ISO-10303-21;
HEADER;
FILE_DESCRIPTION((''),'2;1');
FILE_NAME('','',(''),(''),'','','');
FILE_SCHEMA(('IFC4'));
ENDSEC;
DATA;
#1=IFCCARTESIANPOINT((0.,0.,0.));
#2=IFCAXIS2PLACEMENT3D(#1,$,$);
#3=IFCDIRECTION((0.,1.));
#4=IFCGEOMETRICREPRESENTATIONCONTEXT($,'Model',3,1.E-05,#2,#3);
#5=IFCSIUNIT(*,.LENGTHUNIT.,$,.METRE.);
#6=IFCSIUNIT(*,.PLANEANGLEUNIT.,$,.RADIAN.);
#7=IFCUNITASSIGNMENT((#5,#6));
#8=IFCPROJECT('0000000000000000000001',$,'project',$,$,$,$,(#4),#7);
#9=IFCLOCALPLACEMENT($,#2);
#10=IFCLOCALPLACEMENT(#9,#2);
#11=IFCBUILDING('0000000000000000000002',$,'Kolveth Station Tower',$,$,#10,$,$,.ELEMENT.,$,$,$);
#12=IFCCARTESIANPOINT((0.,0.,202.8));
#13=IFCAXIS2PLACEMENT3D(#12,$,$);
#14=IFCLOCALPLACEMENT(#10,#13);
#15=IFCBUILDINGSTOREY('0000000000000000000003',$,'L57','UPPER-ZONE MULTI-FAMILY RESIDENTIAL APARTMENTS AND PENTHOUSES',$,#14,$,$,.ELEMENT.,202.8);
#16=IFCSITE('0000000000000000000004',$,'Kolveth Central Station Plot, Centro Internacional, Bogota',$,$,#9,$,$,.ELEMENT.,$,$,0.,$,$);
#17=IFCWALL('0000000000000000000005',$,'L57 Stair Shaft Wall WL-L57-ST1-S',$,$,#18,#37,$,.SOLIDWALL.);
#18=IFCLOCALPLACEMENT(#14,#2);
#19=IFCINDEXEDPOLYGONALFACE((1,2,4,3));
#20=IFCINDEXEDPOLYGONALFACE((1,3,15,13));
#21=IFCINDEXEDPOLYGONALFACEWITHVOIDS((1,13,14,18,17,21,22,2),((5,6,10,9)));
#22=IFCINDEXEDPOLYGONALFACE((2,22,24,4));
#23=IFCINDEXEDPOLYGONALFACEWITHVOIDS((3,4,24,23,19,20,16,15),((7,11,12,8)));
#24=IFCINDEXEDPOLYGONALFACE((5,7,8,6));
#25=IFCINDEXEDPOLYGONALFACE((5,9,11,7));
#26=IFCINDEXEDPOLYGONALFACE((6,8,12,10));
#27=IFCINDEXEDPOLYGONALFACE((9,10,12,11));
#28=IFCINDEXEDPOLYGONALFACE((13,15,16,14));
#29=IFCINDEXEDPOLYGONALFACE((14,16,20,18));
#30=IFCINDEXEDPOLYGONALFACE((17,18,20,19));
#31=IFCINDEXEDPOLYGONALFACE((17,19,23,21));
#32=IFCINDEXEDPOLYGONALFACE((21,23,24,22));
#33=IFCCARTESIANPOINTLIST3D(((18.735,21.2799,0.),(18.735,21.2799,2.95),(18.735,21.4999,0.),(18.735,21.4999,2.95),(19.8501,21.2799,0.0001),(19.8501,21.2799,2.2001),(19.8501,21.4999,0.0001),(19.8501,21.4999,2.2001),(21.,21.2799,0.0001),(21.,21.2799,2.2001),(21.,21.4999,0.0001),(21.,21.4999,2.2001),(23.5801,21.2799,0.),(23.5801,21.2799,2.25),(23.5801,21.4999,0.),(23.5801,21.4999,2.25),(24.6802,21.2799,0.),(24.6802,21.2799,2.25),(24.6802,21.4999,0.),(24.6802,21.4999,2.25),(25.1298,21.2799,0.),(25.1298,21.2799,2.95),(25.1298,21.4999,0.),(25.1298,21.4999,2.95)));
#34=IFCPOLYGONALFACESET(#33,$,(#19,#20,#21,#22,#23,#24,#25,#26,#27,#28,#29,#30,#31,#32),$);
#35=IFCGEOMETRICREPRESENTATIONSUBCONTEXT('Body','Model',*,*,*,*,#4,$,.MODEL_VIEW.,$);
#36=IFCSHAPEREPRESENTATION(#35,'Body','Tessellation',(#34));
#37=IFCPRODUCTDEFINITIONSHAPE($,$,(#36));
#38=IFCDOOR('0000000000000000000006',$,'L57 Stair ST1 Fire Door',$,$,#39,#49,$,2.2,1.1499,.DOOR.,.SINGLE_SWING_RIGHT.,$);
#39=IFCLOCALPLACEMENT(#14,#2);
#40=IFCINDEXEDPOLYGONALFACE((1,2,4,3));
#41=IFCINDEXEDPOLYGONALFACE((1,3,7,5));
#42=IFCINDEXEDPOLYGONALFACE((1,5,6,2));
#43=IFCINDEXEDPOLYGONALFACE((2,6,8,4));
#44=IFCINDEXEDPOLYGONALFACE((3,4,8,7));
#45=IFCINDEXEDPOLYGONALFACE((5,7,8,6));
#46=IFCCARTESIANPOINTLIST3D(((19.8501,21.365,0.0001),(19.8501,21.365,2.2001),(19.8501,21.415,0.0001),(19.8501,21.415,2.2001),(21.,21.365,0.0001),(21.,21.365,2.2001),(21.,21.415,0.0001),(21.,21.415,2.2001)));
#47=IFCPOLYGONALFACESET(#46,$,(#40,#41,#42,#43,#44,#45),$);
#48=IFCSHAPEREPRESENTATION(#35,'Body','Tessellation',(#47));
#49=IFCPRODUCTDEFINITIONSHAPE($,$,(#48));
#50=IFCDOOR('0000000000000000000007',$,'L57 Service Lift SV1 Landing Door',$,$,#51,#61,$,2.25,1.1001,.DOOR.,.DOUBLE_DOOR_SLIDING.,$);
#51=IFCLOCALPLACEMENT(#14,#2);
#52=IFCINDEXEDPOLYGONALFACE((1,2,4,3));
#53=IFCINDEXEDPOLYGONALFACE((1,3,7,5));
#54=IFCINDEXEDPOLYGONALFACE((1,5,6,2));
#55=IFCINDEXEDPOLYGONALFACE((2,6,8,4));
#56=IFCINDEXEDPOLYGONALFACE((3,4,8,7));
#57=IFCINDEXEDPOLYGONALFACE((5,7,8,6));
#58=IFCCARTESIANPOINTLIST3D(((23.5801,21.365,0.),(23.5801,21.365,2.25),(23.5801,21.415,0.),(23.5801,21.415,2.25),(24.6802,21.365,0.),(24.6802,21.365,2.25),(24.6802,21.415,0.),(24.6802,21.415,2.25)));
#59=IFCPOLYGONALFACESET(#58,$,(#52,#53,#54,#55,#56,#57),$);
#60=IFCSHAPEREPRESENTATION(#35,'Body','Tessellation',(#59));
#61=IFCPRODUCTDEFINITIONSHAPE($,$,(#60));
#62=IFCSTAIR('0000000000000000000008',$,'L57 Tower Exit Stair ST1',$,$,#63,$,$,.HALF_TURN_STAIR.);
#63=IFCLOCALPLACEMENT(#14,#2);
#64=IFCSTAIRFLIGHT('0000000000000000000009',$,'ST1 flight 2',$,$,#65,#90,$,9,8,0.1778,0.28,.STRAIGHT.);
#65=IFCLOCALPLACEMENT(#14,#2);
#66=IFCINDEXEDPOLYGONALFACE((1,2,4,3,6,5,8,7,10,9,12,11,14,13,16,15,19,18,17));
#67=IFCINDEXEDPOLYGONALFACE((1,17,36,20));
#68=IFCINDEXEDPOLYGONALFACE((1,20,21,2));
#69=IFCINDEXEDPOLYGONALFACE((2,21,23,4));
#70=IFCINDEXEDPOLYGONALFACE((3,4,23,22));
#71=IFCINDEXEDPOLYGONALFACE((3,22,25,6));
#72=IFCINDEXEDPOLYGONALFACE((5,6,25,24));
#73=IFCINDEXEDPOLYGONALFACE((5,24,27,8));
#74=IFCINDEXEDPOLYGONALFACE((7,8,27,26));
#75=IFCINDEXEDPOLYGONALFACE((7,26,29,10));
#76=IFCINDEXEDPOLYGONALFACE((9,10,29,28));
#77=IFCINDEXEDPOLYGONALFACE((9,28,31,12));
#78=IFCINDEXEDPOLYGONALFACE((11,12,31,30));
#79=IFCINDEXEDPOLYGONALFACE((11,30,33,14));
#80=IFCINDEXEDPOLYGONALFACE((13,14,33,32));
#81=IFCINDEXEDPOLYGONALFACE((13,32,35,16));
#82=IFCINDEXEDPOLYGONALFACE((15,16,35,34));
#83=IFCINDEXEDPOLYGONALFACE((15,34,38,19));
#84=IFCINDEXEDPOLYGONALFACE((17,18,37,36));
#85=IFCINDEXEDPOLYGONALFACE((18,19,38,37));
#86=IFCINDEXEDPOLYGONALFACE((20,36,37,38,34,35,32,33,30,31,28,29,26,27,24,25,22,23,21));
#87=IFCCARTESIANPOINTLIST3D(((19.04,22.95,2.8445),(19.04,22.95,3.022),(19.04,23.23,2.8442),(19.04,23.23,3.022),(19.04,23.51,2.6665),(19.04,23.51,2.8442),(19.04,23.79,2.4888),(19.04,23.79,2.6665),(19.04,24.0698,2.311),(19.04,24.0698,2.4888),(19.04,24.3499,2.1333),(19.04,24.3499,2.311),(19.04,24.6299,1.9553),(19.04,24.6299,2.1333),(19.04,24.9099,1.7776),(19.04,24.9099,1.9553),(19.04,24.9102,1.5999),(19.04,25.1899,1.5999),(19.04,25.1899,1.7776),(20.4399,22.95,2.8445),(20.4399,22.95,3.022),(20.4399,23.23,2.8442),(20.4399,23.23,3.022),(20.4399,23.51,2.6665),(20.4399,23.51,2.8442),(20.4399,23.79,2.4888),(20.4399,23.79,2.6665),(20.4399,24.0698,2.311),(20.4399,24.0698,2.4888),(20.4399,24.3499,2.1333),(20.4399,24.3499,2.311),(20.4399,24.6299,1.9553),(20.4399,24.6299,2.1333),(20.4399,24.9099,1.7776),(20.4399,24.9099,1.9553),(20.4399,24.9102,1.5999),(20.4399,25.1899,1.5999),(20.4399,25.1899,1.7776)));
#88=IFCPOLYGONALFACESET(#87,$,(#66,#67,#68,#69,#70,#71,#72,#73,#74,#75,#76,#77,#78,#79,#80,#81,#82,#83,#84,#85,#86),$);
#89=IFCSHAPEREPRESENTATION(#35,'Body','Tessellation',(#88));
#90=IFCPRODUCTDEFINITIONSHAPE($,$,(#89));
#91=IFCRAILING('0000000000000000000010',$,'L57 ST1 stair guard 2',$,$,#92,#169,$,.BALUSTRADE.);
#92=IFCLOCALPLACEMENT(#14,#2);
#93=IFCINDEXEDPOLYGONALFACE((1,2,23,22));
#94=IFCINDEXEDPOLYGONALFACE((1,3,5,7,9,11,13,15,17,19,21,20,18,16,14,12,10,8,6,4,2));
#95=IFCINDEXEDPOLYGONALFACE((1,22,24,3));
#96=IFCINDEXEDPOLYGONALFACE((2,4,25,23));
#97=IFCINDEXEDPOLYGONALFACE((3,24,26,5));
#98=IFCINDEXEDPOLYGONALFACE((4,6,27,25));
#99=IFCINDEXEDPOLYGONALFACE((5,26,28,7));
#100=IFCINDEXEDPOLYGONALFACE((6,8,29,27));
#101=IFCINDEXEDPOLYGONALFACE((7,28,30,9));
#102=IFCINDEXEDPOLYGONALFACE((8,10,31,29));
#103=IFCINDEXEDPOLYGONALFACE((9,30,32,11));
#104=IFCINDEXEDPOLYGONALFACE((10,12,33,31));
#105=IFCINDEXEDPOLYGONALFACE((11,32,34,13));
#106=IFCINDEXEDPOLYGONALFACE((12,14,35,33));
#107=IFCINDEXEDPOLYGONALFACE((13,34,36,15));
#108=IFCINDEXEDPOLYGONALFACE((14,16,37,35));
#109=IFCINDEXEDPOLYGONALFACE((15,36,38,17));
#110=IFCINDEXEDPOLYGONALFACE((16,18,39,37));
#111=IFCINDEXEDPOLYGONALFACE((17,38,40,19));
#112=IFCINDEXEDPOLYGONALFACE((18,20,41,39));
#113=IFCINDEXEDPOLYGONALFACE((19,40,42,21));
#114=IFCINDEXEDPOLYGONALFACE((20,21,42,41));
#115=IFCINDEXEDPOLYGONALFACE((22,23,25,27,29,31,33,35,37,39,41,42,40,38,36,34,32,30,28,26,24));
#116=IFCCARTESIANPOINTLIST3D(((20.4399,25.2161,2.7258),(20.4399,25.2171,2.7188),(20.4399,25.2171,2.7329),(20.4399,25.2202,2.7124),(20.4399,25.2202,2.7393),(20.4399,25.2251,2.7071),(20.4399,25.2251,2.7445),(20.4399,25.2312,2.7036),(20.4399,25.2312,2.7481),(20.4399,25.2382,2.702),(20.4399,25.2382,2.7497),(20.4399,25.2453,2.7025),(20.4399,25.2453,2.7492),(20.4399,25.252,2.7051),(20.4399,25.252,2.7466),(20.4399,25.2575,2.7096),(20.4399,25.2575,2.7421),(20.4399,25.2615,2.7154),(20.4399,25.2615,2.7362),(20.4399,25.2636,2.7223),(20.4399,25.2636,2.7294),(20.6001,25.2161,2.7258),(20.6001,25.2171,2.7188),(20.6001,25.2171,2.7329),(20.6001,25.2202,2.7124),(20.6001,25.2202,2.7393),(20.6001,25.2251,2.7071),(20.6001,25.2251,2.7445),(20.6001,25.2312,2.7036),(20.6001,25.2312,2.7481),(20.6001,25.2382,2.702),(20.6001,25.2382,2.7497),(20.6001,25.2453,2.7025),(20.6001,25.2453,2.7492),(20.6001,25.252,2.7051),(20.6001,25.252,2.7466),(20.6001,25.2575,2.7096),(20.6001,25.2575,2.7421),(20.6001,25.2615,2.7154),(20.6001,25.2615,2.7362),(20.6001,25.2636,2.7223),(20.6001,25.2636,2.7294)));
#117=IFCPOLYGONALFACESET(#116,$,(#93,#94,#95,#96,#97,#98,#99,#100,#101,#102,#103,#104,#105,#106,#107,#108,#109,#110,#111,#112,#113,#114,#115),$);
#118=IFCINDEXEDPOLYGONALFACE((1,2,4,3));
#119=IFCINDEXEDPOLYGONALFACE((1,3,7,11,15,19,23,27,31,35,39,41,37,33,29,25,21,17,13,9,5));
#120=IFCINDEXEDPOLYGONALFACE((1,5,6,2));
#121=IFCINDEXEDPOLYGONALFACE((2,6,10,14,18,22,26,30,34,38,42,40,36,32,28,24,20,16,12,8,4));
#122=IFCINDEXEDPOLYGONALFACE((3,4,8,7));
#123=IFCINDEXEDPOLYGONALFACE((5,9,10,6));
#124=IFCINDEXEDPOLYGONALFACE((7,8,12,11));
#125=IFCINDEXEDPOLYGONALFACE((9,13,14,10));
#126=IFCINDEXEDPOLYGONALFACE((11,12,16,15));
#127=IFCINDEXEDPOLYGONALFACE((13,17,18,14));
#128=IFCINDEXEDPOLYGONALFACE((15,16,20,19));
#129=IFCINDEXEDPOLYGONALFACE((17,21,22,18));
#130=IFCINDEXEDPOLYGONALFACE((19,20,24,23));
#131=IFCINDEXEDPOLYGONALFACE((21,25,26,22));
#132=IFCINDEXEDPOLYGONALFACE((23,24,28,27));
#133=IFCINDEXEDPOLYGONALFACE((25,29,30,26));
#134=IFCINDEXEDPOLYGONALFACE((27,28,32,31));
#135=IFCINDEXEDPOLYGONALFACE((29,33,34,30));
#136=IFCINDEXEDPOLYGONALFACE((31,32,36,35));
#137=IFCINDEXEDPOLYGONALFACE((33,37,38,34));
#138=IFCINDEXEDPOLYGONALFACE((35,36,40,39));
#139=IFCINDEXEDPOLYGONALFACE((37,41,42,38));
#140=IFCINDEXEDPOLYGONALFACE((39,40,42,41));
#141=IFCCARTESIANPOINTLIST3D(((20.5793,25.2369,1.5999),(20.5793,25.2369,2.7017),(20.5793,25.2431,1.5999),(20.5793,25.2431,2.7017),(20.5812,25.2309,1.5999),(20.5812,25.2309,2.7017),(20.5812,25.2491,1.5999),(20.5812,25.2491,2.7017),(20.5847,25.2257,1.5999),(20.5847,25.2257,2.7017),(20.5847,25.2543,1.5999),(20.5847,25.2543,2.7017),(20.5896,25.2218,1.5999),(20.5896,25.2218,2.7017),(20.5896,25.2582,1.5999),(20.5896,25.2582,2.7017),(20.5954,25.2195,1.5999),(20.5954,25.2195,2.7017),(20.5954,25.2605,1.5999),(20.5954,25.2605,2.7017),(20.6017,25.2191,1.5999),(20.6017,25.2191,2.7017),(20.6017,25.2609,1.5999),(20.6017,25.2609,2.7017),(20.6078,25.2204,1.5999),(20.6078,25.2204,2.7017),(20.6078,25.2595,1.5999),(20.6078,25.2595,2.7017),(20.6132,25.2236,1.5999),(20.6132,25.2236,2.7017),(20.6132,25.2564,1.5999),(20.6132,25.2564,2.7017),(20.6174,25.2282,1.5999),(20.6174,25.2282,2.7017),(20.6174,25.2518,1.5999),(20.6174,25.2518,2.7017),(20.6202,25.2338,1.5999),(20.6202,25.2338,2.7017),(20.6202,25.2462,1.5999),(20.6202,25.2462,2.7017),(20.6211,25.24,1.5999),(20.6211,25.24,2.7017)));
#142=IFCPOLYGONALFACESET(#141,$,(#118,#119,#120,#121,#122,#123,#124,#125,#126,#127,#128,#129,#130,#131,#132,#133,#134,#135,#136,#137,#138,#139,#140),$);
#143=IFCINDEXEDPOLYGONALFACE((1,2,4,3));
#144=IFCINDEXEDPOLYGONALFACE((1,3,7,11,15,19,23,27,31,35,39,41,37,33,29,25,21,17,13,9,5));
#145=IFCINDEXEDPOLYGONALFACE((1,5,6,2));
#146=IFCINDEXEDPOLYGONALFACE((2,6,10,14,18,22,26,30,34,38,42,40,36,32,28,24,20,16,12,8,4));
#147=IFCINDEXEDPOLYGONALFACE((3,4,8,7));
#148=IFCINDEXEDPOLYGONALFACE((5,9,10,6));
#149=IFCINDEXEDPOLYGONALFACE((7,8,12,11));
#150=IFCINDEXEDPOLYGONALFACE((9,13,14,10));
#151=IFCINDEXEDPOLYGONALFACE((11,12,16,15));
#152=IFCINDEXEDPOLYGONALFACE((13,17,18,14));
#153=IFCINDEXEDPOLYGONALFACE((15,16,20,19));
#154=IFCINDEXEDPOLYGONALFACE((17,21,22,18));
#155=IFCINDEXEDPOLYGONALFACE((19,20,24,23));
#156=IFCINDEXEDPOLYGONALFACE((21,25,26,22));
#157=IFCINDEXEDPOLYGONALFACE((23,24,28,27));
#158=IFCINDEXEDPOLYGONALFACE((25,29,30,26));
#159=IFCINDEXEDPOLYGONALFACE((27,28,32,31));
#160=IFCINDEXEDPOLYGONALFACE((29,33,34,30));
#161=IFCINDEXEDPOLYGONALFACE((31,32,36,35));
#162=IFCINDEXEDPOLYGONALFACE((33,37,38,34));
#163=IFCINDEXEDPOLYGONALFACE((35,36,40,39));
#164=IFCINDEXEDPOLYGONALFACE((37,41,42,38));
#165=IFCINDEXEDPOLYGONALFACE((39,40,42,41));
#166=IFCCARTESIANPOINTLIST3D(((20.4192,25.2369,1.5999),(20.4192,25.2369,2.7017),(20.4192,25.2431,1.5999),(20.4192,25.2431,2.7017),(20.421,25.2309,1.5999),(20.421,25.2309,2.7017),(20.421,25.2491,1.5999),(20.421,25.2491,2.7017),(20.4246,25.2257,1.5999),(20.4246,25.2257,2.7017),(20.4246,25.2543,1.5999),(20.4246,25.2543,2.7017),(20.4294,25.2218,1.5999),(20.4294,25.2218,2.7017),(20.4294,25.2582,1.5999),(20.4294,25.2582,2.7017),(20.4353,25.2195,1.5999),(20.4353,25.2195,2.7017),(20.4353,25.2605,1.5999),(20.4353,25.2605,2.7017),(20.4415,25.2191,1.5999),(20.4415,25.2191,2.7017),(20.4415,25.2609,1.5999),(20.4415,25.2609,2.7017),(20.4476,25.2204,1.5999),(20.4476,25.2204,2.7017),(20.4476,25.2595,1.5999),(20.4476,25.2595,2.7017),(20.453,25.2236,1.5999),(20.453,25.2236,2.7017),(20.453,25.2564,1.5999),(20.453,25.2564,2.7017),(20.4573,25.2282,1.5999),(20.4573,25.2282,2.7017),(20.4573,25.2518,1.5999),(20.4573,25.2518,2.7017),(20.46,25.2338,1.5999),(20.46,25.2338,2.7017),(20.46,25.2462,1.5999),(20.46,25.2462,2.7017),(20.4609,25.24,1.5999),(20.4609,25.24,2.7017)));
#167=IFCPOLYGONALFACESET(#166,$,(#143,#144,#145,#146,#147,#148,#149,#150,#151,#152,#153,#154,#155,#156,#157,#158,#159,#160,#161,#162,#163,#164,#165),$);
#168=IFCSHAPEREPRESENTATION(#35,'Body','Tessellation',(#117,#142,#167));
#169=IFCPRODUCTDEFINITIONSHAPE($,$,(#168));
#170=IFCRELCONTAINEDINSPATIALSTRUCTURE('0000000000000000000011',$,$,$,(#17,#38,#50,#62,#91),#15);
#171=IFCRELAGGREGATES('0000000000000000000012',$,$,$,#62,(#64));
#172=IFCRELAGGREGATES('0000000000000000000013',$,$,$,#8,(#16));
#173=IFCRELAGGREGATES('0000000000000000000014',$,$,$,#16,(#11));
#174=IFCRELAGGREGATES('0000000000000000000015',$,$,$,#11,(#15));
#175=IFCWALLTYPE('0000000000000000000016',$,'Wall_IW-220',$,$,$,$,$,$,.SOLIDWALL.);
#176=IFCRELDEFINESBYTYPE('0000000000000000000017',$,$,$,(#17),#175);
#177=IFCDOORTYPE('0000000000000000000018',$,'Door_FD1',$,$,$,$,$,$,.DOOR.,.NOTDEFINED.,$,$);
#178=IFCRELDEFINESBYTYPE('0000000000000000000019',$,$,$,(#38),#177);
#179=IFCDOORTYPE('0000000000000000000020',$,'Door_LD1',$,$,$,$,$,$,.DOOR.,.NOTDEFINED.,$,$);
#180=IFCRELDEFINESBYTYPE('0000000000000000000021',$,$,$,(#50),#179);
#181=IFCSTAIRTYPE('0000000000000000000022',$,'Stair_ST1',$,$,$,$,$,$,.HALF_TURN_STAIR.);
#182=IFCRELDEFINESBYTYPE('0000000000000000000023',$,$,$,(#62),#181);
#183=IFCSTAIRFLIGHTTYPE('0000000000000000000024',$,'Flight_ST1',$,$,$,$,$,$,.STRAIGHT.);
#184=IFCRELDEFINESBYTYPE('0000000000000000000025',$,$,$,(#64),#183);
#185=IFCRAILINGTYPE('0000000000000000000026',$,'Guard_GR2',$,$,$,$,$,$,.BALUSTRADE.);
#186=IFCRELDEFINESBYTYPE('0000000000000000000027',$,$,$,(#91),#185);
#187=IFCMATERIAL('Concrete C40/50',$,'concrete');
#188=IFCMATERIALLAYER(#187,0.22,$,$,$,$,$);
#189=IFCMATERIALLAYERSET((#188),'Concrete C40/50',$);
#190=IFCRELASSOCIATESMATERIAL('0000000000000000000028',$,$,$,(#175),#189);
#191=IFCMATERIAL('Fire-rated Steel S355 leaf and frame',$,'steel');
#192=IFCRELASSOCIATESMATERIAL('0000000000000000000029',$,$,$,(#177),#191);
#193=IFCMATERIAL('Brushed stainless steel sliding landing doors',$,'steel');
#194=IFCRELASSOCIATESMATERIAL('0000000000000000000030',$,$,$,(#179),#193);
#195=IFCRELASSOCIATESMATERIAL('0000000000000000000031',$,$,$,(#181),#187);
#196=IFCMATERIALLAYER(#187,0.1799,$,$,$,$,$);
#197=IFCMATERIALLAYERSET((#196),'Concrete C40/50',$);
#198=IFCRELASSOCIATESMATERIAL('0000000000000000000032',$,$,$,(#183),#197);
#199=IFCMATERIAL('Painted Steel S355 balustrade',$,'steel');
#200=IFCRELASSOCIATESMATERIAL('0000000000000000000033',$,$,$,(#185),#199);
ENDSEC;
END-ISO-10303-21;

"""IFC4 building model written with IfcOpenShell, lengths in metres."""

from ifc_helpers import new_model, si_unit, direction, frame, frame_2d, origin, origin_2d, place, context, subcontext, project, spatial, polyline, rectangle, circle, outline, extrude, material, layer, layer_set, type_object, element, fill, aggregate, save


model = new_model("IFC4")

# Units and contexts
model_context = context("Model", 3, precision=1e-05, world=origin(), true_north=direction((0.0, 1.0)))
body_context = subcontext(model_context, "Body", "Model", "MODEL_VIEW")
ifc_project = project(units=[si_unit("LENGTHUNIT", "METRE"), si_unit("PLANEANGLEUNIT", "RADIAN")], contexts=[model_context])

# Site, building, storey
site_placement = place(None, origin())
site = spatial("IfcSite", under=ifc_project, at=site_placement, Name="Kolveth Central Station Plot, Centro Internacional, Bogota", CompositionType="ELEMENT", RefElevation=0.0)
building_placement = place(site_placement, origin())
building = spatial("IfcBuilding", under=site, at=building_placement, Name="Kolveth Station Tower", CompositionType="ELEMENT")
storey_placement = place(building_placement, frame((0.0, 0.0, 202.8)))
storey = spatial("IfcBuildingStorey", under=building, at=storey_placement, Name="L57", Description="UPPER-ZONE MULTI-FAMILY RESIDENTIAL APARTMENTS AND PENTHOUSES", CompositionType="ELEMENT", Elevation=202.8)

# Shared definitions
ifc_material_1 = material(Name="Concrete C40/50", Category="concrete")
ifc_layer_1 = layer(ifc_material_1, 0.22)
ifc_layer_set_1 = layer_set([ifc_layer_1], Name="Concrete C40/50")
wall_type_1 = type_object("IfcWallType", Name="Wall_IW-220", PredefinedType="SOLIDWALL", material=ifc_layer_set_1)

# Wall, openings, doors
wall_1_placement = place(storey_placement, frame((18.7351, 21.3899, 0.0), z_axis=(0.0, 0.0, 1.0), x_axis=(1.0, 0.0, 0.0)))
wall_1 = element("IfcWall", 1, at=wall_1_placement, inside=storey, type_object=wall_type_1, Name="L57 Stair Shaft Wall WL-L57-ST1-S", PredefinedType="SOLIDWALL", context=body_context, shape_type="SweptSolid", body=[
    extrude(rectangle(XDim=6.3948, YDim=0.22, at=frame_2d((3.1973, 0.0))), origin(), (0.0, 0.0, 1.0), 2.95),
])
opening_1_placement = place(wall_1_placement, frame((1.115, 0.0, 0.0)))
opening_1 = element("IfcOpeningElement", 2, at=opening_1_placement, cuts=wall_1, PredefinedType="OPENING", context=body_context, shape_type="SweptSolid", body=[
    extrude(rectangle(XDim=1.1499, YDim=2.2, at=frame_2d((0.575, 1.1001))), frame((0.0, 0.1199, 0.0), z_axis=(0.0, -1.0, 0.0), x_axis=(1.0, 0.0, 0.0)), (0.0, 0.0, 1.0), 0.24),
])
opening_2_placement = place(wall_1_placement, frame((4.845, 0.0, 0.0)))
opening_2 = element("IfcOpeningElement", 3, at=opening_2_placement, cuts=wall_1, PredefinedType="OPENING", context=body_context, shape_type="SweptSolid", body=[
    extrude(rectangle(XDim=1.1001, YDim=2.25, at=frame_2d((0.55, 1.125))), frame((0.0, 0.1199, 0.0), z_axis=(0.0, -1.0, 0.0), x_axis=(1.0, 0.0, 0.0)), (0.0, 0.0, 1.0), 0.24),
])
ifc_material_2 = material(Name="Fire-rated Steel S355 leaf and frame", Category="steel")
door_type_1 = type_object("IfcDoorType", Name="Door_FD1", OperationType="NOTDEFINED", PredefinedType="DOOR", material=ifc_material_2)
door_1_placement = place(opening_1_placement, frame((1.1499, 0.0, 0.0), z_axis=(0.0, 0.0, 1.0), x_axis=(-1.0, 0.0, 0.0)))
door_1 = element("IfcDoor", 4, at=door_1_placement, inside=storey, type_object=door_type_1, Name="L57 Stair ST1 Fire Door", OperationType="SINGLE_SWING_RIGHT", OverallHeight=2.2, OverallWidth=1.1499, PredefinedType="DOOR", context=body_context, shape_type="SweptSolid", body=[
    extrude(rectangle(XDim=1.1499, YDim=2.2, at=frame_2d((0.575, 1.1001))), frame((0.0, 0.0249, 0.0), z_axis=(0.0, -1.0, 0.0), x_axis=(1.0, 0.0, 0.0)), (0.0, 0.0, 1.0), 0.05),
])
fill(opening_1, door_1)
ifc_material_3 = material(Name="Brushed stainless steel sliding landing doors", Category="steel")
door_type_2 = type_object("IfcDoorType", Name="Door_LD1", OperationType="NOTDEFINED", PredefinedType="DOOR", material=ifc_material_3)
door_2_placement = place(opening_2_placement, frame((1.1001, 0.0, 0.0), z_axis=(0.0, 0.0, 1.0), x_axis=(-1.0, 0.0, 0.0)))
door_2 = element("IfcDoor", 5, at=door_2_placement, inside=storey, type_object=door_type_2, Name="L57 Service Lift SV1 Landing Door", OperationType="DOUBLE_DOOR_SLIDING", OverallHeight=2.25, OverallWidth=1.1001, PredefinedType="DOOR", context=body_context, shape_type="SweptSolid", body=[
    extrude(rectangle(XDim=1.1001, YDim=2.25, at=frame_2d((0.55, 1.125))), frame((0.0, 0.0249, 0.0), z_axis=(0.0, -1.0, 0.0), x_axis=(1.0, 0.0, 0.0)), (0.0, 0.0, 1.0), 0.05),
])
fill(opening_2, door_2)

# Stair, stair flight
stair_type = type_object("IfcStairType", Name="Stair_ST1", PredefinedType="HALF_TURN_STAIR", material=ifc_material_1)
stair_placement = place(storey_placement, origin())
stair = element("IfcStair", 6, at=stair_placement, inside=storey, type_object=stair_type, Name="L57 Tower Exit Stair ST1", PredefinedType="HALF_TURN_STAIR")
ifc_layer_2 = layer(ifc_material_1, 0.1799)
ifc_layer_set_2 = layer_set([ifc_layer_2], Name="Concrete C40/50")
stair_flight_type = type_object("IfcStairFlightType", Name="Flight_ST1", PredefinedType="STRAIGHT", material=ifc_layer_set_2)
stair_flight_placement = place(storey_placement, frame((19.74, 25.1899, 1.5999), z_axis=(0.0, 0.0, 1.0), x_axis=(0.0, -1.0, 0.0)))
stair_flight = element("IfcStairFlight", 7, at=stair_flight_placement, type_object=stair_flight_type, Name="ST1 flight 2", NumberOfRisers=9, NumberOfTreads=8, PredefinedType="STRAIGHT", RiserHeight=0.1778, TreadLength=0.28, context=body_context, shape_type="SweptSolid", body=[
    extrude(outline(polyline([(0.0, 0.0), (0.0, 0.1777), (0.28, 0.1777), (0.28, 0.3555), (0.5601, 0.3555), (0.5601, 0.5334), (0.8401, 0.5334), (0.8401, 0.7112), (1.1201, 0.7112), (1.1201, 0.8889), (1.3999, 0.8889), (1.3999, 1.0667), (1.6799, 1.0667), (1.6799, 1.2444), (1.96, 1.2444), (1.96, 1.4221), (2.24, 1.4221), (2.24, 1.6001), (2.24, 1.2446), (0.2798, 0.0), (0.0, 0.0)])), frame((0.0, 0.7, 0.0), z_axis=(0.0, -1.0, 0.0), x_axis=(1.0, 0.0, 0.0)), (0.0, 0.0, 1.0), 1.3999),
])
aggregate(stair, [stair_flight])

# Railing
ifc_material_4 = material(Name="Painted Steel S355 balustrade", Category="steel")
railing_type_1 = type_object("IfcRailingType", Name="Guard_GR2", PredefinedType="BALUSTRADE", material=ifc_material_4)
railing_1_placement = place(storey_placement, frame((20.6001, 25.24, 1.5999)))
element("IfcRailing", 8, at=railing_1_placement, inside=storey, type_object=railing_type_1, Name="L57 ST1 stair guard 2", PredefinedType="BALUSTRADE", context=body_context, shape_type="SweptSolid", body=[
    extrude(circle(Radius=0.0239, at=origin_2d()), frame((0.0, 0.0, 1.126), z_axis=(-1.0, 0.0, 0.0), x_axis=(0.0, -1.0, 0.0)), (0.0, 0.0, 1.0), 0.1602),
    extrude(circle(Radius=0.021, at=origin_2d()), origin(), (0.0, 0.0, 1.0), 1.1018),
    extrude(circle(Radius=0.021, at=origin_2d()), frame((-0.1602, 0.0, 0.0)), (0.0, 0.0, 1.0), 1.1018),
])

save(model, "model.ifc")
